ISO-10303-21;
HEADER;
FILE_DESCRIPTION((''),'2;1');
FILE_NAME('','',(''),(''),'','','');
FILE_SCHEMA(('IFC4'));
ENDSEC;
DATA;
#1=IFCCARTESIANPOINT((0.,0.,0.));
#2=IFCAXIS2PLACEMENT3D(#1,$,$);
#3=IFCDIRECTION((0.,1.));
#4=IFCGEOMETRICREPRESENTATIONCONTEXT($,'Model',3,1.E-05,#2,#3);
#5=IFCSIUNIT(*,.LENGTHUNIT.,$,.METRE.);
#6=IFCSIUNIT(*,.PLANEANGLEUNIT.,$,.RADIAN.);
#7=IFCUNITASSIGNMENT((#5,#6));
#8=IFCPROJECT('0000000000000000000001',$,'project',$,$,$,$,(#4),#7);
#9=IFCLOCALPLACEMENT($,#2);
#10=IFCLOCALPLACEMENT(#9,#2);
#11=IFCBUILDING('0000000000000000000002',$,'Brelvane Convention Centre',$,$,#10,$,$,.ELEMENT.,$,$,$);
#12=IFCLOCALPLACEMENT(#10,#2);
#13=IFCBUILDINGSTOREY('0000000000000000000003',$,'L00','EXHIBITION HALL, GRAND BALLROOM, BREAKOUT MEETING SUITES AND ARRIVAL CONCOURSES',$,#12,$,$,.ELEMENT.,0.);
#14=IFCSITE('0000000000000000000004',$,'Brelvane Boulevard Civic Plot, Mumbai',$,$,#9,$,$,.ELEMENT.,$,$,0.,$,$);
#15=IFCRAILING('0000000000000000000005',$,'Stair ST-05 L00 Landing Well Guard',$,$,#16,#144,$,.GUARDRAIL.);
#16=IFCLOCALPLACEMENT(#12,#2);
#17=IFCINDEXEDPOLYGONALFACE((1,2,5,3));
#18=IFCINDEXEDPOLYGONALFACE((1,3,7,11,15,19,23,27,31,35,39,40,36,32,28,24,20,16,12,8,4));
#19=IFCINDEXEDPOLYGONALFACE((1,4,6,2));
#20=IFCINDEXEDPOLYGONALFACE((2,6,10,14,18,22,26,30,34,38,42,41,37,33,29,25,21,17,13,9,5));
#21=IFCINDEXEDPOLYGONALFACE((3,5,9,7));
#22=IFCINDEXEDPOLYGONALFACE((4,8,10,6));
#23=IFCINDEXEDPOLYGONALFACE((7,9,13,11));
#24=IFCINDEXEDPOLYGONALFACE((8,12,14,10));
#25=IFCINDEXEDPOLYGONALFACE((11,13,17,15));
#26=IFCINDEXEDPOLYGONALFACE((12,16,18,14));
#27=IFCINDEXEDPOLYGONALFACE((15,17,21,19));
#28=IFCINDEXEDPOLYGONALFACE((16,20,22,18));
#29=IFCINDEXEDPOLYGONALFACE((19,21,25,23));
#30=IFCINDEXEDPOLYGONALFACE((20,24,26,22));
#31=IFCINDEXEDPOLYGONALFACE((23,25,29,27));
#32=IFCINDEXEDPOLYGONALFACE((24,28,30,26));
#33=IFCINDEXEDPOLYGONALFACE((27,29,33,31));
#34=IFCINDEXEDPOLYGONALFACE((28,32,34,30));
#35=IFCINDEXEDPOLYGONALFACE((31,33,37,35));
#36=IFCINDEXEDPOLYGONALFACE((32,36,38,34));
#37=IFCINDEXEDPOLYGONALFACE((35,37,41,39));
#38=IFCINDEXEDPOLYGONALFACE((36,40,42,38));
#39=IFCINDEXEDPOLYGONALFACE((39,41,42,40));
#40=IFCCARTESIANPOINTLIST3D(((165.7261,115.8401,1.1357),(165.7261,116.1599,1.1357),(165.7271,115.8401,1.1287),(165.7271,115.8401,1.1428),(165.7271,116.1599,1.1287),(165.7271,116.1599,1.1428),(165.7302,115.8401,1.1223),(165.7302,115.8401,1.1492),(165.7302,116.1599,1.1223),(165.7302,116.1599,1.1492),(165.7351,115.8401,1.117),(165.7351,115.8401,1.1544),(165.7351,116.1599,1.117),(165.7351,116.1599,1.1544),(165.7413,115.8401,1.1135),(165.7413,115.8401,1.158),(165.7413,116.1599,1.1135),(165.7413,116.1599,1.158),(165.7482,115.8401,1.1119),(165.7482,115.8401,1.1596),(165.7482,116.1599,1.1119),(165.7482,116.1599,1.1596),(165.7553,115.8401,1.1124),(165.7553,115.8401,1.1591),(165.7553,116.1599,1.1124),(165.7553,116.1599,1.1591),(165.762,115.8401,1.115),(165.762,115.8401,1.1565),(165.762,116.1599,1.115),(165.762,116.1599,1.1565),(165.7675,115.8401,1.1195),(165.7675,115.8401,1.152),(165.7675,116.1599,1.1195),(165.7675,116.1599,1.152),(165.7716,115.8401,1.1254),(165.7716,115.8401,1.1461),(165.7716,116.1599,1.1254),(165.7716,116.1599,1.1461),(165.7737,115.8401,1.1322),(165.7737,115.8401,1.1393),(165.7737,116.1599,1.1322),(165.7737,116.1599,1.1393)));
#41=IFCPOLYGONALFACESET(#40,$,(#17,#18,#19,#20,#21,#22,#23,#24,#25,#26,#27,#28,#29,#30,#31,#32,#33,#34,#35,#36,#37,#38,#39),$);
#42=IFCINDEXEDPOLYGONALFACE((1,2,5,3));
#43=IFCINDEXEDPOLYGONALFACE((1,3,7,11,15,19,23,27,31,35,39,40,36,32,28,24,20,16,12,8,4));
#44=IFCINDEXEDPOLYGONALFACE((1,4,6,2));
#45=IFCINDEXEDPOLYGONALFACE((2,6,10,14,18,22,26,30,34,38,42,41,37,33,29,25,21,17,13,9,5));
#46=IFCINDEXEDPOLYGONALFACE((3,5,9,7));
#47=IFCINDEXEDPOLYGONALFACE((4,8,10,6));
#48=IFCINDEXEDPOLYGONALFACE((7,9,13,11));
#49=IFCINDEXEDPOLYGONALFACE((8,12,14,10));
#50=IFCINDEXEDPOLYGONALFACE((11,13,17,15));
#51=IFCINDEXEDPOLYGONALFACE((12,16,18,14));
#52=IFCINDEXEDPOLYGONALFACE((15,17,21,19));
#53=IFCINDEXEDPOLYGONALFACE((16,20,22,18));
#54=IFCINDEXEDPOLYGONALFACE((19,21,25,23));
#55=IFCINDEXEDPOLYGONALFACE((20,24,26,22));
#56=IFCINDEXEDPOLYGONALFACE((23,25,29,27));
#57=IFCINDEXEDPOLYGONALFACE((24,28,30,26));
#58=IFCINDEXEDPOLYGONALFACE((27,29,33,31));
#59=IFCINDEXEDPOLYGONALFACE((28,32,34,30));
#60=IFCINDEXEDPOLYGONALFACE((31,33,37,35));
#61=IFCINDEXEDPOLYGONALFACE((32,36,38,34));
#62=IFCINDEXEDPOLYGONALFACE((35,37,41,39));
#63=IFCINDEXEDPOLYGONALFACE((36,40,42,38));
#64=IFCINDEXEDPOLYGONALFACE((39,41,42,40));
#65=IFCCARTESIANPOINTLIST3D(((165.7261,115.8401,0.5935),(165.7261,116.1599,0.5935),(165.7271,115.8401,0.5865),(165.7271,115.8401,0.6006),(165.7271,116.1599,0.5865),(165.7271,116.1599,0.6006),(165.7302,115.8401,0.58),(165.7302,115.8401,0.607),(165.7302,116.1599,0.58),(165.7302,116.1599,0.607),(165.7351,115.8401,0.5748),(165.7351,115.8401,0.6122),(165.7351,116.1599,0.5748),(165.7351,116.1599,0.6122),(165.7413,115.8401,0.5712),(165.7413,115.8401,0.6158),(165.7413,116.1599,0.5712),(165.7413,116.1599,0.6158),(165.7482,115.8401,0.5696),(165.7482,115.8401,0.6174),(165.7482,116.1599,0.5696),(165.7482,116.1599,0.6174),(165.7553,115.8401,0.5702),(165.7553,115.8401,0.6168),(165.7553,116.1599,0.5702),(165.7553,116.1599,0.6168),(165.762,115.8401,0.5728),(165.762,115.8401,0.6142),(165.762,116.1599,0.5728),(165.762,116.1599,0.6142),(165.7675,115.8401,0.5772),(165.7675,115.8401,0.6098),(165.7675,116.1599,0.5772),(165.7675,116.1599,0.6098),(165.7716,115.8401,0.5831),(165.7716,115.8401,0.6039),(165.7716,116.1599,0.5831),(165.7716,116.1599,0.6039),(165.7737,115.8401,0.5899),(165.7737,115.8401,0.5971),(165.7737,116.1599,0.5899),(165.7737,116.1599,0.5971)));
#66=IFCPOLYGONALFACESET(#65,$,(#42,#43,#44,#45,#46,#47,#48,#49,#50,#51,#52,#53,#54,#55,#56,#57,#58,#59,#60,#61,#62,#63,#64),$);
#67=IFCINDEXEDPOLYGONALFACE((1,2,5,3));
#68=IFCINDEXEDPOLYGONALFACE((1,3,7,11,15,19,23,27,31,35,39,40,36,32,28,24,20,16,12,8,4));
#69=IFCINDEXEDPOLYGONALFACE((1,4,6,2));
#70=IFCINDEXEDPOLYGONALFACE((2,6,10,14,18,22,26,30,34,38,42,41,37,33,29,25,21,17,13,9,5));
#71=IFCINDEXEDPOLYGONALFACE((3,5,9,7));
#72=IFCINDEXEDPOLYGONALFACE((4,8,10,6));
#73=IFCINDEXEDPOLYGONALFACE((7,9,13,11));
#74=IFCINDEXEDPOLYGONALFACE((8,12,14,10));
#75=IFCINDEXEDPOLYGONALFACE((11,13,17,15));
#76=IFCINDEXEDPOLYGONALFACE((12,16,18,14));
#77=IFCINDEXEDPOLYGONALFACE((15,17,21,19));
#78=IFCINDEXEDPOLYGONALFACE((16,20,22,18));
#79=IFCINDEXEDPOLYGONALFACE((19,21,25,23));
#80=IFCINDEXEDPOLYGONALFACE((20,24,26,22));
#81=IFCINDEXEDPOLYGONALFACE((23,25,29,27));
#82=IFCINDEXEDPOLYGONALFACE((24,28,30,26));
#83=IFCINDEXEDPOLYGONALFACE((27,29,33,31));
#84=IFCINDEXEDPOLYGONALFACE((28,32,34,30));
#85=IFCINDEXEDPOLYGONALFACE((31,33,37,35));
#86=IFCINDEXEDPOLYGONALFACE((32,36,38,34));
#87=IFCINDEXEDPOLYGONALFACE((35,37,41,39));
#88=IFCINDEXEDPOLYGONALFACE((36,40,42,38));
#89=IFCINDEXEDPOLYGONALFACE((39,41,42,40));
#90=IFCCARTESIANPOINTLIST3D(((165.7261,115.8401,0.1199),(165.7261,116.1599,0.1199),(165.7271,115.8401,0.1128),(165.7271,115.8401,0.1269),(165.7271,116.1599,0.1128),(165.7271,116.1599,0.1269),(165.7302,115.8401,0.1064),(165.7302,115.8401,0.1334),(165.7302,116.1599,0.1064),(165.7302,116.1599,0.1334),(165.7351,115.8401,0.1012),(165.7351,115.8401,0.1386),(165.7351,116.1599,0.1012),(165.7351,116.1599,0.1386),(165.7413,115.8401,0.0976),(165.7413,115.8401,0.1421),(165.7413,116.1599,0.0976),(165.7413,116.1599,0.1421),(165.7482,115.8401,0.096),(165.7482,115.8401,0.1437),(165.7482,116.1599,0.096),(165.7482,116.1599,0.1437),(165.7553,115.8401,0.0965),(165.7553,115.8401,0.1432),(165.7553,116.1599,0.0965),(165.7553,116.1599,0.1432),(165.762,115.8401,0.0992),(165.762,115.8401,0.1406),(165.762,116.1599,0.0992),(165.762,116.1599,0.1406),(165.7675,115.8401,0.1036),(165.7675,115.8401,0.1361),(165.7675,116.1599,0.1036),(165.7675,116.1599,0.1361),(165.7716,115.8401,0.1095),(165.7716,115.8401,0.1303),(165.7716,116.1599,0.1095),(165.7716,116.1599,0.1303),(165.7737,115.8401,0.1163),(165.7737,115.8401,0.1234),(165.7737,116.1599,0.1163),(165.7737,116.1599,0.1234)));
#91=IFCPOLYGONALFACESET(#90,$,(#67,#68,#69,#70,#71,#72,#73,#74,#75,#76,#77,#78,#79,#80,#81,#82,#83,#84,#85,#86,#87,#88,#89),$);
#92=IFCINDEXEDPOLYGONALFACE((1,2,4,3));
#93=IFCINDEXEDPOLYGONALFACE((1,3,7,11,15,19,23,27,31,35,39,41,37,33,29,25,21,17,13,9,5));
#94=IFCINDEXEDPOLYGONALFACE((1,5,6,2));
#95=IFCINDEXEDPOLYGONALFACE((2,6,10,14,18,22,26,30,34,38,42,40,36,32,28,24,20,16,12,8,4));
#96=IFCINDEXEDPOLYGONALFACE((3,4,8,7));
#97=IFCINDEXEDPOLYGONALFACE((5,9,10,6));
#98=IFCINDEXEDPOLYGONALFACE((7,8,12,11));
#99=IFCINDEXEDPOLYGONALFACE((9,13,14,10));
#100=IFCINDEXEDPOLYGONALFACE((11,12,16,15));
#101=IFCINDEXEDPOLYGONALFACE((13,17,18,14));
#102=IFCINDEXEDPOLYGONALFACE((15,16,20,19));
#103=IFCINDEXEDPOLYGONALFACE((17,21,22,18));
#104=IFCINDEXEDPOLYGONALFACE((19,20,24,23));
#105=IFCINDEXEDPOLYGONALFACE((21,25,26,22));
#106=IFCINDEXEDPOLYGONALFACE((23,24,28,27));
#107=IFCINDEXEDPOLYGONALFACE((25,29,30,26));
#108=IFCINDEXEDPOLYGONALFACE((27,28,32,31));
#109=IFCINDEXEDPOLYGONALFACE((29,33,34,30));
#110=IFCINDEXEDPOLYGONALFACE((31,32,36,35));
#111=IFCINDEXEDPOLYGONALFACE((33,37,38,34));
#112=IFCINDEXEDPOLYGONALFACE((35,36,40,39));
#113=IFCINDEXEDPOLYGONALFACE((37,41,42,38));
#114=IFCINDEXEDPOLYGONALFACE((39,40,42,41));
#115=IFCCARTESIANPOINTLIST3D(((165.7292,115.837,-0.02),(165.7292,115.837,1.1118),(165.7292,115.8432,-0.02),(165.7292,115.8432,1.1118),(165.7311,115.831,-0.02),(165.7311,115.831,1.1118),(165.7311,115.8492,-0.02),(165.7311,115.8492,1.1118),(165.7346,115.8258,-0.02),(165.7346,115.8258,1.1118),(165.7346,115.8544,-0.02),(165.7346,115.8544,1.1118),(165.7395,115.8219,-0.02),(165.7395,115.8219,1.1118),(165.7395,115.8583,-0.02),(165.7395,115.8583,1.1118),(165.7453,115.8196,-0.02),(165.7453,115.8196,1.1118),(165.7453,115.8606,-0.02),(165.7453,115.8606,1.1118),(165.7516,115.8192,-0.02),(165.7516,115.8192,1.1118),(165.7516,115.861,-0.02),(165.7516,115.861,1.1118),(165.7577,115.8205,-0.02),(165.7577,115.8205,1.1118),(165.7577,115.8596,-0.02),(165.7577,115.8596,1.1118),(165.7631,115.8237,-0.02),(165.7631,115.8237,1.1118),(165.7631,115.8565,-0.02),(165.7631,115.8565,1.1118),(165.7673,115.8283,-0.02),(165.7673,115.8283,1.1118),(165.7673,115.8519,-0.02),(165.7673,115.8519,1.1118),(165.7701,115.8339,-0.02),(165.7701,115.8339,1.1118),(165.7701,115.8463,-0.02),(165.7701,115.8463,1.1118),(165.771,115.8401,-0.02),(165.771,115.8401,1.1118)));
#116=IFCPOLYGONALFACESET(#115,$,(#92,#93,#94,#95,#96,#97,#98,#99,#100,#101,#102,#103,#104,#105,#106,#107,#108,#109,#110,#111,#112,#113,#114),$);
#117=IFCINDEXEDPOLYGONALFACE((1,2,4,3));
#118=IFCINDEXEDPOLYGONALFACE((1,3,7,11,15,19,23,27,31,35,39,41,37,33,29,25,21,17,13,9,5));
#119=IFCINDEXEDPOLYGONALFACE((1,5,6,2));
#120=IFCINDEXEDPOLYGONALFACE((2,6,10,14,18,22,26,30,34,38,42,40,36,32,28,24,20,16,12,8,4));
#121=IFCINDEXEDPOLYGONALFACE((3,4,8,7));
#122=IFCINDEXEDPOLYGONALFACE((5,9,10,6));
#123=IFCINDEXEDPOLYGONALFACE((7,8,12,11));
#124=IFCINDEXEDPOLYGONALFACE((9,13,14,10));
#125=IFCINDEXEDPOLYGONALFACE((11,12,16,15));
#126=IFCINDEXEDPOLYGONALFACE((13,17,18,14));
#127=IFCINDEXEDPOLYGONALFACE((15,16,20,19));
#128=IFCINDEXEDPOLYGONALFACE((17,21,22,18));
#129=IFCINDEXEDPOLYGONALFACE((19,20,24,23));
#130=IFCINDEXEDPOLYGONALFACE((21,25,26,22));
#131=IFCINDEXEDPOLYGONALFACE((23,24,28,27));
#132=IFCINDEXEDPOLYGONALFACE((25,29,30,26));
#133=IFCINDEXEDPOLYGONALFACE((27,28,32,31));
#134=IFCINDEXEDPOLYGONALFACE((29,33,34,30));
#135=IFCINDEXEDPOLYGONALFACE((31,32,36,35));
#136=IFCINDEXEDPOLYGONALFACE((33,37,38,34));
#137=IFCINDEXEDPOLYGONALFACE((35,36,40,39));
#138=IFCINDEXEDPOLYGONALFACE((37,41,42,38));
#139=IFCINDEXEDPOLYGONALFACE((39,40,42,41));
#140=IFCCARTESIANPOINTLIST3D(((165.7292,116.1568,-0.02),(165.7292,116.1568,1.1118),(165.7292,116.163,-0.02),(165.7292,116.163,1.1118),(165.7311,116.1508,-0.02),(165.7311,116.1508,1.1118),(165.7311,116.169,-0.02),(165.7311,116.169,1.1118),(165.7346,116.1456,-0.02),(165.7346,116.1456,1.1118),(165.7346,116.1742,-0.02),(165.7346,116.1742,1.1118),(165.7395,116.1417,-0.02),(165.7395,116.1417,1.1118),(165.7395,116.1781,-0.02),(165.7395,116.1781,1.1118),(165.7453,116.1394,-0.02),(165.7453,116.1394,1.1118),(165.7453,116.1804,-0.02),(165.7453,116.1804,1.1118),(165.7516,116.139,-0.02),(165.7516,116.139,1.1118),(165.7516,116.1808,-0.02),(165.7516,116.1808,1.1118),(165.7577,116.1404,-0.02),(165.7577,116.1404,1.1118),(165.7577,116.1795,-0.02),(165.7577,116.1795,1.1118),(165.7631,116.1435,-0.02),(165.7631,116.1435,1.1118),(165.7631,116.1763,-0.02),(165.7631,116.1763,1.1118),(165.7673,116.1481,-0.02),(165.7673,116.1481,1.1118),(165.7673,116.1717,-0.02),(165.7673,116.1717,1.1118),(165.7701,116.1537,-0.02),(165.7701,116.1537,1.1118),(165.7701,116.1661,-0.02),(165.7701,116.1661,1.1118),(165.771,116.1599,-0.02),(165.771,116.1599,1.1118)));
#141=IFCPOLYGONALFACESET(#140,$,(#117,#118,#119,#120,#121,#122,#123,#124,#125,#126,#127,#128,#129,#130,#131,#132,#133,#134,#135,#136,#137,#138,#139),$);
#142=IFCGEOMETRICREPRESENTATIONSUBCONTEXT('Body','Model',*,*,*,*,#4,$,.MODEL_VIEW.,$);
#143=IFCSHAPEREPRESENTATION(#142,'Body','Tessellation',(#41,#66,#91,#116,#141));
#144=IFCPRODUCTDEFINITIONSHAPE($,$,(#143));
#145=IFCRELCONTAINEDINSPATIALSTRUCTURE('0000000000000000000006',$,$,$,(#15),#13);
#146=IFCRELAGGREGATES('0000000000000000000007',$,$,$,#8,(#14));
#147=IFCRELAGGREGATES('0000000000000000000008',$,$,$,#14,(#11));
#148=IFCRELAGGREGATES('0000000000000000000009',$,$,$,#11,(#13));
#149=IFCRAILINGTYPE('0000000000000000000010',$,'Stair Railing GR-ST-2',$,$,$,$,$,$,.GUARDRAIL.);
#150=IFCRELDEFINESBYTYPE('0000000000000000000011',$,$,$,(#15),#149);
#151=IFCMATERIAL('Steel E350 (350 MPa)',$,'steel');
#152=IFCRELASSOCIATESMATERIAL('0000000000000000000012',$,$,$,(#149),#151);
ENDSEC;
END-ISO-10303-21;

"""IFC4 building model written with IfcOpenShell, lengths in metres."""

from ifc_helpers import new_model, si_unit, direction, frame, origin, origin_2d, place, context, subcontext, project, spatial, circle, extrude, material, type_object, element, save


model = new_model("IFC4")

# Units and contexts
model_context = context("Model", 3, precision=1e-05, world=origin(), true_north=direction((0.0, 1.0)))
body_context = subcontext(model_context, "Body", "Model", "MODEL_VIEW")
ifc_project = project(units=[si_unit("LENGTHUNIT", "METRE"), si_unit("PLANEANGLEUNIT", "RADIAN")], contexts=[model_context])

# Site, building, storey
site_placement = place(None, origin())
site = spatial("IfcSite", under=ifc_project, at=site_placement, Name="Brelvane Boulevard Civic Plot, Mumbai", CompositionType="ELEMENT", RefElevation=0.0)
building_placement = place(site_placement, origin())
building = spatial("IfcBuilding", under=site, at=building_placement, Name="Brelvane Convention Centre", CompositionType="ELEMENT")
storey_placement = place(building_placement, origin())
storey = spatial("IfcBuildingStorey", under=building, at=storey_placement, Name="L00", Description="EXHIBITION HALL, GRAND BALLROOM, BREAKOUT MEETING SUITES AND ARRIVAL CONCOURSES", CompositionType="ELEMENT", Elevation=0.0)

# Railing
ifc_material_1 = material(Name="Steel E350 (350 MPa)", Category="steel")
railing_type_1 = type_object("IfcRailingType", Name="Stair Railing GR-ST-2", PredefinedType="GUARDRAIL", material=ifc_material_1)
railing_1_placement = place(storey_placement, frame((165.75, 115.8401, -0.02)))
element("IfcRailing", 1, at=railing_1_placement, inside=storey, type_object=railing_type_1, Name="Stair ST-05 L00 Landing Well Guard", PredefinedType="GUARDRAIL", context=body_context, shape_type="SweptSolid", body=[
    extrude(circle(Radius=0.0239, at=origin_2d()), frame((0.0, 0.0, 1.1558), z_axis=(0.0, 1.0, 0.0), x_axis=(-1.0, 0.0, 0.0)), (0.0, 0.0, 1.0), 0.3198),
    extrude(circle(Radius=0.0239, at=origin_2d()), frame((0.0, 0.0, 0.6135), z_axis=(0.0, 1.0, 0.0), x_axis=(-1.0, 0.0, 0.0)), (0.0, 0.0, 1.0), 0.3198),
    extrude(circle(Radius=0.0239, at=origin_2d()), frame((0.0, 0.0, 0.1399), z_axis=(0.0, 1.0, 0.0), x_axis=(-1.0, 0.0, 0.0)), (0.0, 0.0, 1.0), 0.3198),
    extrude(circle(Radius=0.021, at=origin_2d()), origin(), (0.0, 0.0, 1.0), 1.1318),
    extrude(circle(Radius=0.021, at=origin_2d()), frame((0.0, 0.3198, 0.0)), (0.0, 0.0, 1.0), 1.1318),
])

save(model, "model.ifc")
